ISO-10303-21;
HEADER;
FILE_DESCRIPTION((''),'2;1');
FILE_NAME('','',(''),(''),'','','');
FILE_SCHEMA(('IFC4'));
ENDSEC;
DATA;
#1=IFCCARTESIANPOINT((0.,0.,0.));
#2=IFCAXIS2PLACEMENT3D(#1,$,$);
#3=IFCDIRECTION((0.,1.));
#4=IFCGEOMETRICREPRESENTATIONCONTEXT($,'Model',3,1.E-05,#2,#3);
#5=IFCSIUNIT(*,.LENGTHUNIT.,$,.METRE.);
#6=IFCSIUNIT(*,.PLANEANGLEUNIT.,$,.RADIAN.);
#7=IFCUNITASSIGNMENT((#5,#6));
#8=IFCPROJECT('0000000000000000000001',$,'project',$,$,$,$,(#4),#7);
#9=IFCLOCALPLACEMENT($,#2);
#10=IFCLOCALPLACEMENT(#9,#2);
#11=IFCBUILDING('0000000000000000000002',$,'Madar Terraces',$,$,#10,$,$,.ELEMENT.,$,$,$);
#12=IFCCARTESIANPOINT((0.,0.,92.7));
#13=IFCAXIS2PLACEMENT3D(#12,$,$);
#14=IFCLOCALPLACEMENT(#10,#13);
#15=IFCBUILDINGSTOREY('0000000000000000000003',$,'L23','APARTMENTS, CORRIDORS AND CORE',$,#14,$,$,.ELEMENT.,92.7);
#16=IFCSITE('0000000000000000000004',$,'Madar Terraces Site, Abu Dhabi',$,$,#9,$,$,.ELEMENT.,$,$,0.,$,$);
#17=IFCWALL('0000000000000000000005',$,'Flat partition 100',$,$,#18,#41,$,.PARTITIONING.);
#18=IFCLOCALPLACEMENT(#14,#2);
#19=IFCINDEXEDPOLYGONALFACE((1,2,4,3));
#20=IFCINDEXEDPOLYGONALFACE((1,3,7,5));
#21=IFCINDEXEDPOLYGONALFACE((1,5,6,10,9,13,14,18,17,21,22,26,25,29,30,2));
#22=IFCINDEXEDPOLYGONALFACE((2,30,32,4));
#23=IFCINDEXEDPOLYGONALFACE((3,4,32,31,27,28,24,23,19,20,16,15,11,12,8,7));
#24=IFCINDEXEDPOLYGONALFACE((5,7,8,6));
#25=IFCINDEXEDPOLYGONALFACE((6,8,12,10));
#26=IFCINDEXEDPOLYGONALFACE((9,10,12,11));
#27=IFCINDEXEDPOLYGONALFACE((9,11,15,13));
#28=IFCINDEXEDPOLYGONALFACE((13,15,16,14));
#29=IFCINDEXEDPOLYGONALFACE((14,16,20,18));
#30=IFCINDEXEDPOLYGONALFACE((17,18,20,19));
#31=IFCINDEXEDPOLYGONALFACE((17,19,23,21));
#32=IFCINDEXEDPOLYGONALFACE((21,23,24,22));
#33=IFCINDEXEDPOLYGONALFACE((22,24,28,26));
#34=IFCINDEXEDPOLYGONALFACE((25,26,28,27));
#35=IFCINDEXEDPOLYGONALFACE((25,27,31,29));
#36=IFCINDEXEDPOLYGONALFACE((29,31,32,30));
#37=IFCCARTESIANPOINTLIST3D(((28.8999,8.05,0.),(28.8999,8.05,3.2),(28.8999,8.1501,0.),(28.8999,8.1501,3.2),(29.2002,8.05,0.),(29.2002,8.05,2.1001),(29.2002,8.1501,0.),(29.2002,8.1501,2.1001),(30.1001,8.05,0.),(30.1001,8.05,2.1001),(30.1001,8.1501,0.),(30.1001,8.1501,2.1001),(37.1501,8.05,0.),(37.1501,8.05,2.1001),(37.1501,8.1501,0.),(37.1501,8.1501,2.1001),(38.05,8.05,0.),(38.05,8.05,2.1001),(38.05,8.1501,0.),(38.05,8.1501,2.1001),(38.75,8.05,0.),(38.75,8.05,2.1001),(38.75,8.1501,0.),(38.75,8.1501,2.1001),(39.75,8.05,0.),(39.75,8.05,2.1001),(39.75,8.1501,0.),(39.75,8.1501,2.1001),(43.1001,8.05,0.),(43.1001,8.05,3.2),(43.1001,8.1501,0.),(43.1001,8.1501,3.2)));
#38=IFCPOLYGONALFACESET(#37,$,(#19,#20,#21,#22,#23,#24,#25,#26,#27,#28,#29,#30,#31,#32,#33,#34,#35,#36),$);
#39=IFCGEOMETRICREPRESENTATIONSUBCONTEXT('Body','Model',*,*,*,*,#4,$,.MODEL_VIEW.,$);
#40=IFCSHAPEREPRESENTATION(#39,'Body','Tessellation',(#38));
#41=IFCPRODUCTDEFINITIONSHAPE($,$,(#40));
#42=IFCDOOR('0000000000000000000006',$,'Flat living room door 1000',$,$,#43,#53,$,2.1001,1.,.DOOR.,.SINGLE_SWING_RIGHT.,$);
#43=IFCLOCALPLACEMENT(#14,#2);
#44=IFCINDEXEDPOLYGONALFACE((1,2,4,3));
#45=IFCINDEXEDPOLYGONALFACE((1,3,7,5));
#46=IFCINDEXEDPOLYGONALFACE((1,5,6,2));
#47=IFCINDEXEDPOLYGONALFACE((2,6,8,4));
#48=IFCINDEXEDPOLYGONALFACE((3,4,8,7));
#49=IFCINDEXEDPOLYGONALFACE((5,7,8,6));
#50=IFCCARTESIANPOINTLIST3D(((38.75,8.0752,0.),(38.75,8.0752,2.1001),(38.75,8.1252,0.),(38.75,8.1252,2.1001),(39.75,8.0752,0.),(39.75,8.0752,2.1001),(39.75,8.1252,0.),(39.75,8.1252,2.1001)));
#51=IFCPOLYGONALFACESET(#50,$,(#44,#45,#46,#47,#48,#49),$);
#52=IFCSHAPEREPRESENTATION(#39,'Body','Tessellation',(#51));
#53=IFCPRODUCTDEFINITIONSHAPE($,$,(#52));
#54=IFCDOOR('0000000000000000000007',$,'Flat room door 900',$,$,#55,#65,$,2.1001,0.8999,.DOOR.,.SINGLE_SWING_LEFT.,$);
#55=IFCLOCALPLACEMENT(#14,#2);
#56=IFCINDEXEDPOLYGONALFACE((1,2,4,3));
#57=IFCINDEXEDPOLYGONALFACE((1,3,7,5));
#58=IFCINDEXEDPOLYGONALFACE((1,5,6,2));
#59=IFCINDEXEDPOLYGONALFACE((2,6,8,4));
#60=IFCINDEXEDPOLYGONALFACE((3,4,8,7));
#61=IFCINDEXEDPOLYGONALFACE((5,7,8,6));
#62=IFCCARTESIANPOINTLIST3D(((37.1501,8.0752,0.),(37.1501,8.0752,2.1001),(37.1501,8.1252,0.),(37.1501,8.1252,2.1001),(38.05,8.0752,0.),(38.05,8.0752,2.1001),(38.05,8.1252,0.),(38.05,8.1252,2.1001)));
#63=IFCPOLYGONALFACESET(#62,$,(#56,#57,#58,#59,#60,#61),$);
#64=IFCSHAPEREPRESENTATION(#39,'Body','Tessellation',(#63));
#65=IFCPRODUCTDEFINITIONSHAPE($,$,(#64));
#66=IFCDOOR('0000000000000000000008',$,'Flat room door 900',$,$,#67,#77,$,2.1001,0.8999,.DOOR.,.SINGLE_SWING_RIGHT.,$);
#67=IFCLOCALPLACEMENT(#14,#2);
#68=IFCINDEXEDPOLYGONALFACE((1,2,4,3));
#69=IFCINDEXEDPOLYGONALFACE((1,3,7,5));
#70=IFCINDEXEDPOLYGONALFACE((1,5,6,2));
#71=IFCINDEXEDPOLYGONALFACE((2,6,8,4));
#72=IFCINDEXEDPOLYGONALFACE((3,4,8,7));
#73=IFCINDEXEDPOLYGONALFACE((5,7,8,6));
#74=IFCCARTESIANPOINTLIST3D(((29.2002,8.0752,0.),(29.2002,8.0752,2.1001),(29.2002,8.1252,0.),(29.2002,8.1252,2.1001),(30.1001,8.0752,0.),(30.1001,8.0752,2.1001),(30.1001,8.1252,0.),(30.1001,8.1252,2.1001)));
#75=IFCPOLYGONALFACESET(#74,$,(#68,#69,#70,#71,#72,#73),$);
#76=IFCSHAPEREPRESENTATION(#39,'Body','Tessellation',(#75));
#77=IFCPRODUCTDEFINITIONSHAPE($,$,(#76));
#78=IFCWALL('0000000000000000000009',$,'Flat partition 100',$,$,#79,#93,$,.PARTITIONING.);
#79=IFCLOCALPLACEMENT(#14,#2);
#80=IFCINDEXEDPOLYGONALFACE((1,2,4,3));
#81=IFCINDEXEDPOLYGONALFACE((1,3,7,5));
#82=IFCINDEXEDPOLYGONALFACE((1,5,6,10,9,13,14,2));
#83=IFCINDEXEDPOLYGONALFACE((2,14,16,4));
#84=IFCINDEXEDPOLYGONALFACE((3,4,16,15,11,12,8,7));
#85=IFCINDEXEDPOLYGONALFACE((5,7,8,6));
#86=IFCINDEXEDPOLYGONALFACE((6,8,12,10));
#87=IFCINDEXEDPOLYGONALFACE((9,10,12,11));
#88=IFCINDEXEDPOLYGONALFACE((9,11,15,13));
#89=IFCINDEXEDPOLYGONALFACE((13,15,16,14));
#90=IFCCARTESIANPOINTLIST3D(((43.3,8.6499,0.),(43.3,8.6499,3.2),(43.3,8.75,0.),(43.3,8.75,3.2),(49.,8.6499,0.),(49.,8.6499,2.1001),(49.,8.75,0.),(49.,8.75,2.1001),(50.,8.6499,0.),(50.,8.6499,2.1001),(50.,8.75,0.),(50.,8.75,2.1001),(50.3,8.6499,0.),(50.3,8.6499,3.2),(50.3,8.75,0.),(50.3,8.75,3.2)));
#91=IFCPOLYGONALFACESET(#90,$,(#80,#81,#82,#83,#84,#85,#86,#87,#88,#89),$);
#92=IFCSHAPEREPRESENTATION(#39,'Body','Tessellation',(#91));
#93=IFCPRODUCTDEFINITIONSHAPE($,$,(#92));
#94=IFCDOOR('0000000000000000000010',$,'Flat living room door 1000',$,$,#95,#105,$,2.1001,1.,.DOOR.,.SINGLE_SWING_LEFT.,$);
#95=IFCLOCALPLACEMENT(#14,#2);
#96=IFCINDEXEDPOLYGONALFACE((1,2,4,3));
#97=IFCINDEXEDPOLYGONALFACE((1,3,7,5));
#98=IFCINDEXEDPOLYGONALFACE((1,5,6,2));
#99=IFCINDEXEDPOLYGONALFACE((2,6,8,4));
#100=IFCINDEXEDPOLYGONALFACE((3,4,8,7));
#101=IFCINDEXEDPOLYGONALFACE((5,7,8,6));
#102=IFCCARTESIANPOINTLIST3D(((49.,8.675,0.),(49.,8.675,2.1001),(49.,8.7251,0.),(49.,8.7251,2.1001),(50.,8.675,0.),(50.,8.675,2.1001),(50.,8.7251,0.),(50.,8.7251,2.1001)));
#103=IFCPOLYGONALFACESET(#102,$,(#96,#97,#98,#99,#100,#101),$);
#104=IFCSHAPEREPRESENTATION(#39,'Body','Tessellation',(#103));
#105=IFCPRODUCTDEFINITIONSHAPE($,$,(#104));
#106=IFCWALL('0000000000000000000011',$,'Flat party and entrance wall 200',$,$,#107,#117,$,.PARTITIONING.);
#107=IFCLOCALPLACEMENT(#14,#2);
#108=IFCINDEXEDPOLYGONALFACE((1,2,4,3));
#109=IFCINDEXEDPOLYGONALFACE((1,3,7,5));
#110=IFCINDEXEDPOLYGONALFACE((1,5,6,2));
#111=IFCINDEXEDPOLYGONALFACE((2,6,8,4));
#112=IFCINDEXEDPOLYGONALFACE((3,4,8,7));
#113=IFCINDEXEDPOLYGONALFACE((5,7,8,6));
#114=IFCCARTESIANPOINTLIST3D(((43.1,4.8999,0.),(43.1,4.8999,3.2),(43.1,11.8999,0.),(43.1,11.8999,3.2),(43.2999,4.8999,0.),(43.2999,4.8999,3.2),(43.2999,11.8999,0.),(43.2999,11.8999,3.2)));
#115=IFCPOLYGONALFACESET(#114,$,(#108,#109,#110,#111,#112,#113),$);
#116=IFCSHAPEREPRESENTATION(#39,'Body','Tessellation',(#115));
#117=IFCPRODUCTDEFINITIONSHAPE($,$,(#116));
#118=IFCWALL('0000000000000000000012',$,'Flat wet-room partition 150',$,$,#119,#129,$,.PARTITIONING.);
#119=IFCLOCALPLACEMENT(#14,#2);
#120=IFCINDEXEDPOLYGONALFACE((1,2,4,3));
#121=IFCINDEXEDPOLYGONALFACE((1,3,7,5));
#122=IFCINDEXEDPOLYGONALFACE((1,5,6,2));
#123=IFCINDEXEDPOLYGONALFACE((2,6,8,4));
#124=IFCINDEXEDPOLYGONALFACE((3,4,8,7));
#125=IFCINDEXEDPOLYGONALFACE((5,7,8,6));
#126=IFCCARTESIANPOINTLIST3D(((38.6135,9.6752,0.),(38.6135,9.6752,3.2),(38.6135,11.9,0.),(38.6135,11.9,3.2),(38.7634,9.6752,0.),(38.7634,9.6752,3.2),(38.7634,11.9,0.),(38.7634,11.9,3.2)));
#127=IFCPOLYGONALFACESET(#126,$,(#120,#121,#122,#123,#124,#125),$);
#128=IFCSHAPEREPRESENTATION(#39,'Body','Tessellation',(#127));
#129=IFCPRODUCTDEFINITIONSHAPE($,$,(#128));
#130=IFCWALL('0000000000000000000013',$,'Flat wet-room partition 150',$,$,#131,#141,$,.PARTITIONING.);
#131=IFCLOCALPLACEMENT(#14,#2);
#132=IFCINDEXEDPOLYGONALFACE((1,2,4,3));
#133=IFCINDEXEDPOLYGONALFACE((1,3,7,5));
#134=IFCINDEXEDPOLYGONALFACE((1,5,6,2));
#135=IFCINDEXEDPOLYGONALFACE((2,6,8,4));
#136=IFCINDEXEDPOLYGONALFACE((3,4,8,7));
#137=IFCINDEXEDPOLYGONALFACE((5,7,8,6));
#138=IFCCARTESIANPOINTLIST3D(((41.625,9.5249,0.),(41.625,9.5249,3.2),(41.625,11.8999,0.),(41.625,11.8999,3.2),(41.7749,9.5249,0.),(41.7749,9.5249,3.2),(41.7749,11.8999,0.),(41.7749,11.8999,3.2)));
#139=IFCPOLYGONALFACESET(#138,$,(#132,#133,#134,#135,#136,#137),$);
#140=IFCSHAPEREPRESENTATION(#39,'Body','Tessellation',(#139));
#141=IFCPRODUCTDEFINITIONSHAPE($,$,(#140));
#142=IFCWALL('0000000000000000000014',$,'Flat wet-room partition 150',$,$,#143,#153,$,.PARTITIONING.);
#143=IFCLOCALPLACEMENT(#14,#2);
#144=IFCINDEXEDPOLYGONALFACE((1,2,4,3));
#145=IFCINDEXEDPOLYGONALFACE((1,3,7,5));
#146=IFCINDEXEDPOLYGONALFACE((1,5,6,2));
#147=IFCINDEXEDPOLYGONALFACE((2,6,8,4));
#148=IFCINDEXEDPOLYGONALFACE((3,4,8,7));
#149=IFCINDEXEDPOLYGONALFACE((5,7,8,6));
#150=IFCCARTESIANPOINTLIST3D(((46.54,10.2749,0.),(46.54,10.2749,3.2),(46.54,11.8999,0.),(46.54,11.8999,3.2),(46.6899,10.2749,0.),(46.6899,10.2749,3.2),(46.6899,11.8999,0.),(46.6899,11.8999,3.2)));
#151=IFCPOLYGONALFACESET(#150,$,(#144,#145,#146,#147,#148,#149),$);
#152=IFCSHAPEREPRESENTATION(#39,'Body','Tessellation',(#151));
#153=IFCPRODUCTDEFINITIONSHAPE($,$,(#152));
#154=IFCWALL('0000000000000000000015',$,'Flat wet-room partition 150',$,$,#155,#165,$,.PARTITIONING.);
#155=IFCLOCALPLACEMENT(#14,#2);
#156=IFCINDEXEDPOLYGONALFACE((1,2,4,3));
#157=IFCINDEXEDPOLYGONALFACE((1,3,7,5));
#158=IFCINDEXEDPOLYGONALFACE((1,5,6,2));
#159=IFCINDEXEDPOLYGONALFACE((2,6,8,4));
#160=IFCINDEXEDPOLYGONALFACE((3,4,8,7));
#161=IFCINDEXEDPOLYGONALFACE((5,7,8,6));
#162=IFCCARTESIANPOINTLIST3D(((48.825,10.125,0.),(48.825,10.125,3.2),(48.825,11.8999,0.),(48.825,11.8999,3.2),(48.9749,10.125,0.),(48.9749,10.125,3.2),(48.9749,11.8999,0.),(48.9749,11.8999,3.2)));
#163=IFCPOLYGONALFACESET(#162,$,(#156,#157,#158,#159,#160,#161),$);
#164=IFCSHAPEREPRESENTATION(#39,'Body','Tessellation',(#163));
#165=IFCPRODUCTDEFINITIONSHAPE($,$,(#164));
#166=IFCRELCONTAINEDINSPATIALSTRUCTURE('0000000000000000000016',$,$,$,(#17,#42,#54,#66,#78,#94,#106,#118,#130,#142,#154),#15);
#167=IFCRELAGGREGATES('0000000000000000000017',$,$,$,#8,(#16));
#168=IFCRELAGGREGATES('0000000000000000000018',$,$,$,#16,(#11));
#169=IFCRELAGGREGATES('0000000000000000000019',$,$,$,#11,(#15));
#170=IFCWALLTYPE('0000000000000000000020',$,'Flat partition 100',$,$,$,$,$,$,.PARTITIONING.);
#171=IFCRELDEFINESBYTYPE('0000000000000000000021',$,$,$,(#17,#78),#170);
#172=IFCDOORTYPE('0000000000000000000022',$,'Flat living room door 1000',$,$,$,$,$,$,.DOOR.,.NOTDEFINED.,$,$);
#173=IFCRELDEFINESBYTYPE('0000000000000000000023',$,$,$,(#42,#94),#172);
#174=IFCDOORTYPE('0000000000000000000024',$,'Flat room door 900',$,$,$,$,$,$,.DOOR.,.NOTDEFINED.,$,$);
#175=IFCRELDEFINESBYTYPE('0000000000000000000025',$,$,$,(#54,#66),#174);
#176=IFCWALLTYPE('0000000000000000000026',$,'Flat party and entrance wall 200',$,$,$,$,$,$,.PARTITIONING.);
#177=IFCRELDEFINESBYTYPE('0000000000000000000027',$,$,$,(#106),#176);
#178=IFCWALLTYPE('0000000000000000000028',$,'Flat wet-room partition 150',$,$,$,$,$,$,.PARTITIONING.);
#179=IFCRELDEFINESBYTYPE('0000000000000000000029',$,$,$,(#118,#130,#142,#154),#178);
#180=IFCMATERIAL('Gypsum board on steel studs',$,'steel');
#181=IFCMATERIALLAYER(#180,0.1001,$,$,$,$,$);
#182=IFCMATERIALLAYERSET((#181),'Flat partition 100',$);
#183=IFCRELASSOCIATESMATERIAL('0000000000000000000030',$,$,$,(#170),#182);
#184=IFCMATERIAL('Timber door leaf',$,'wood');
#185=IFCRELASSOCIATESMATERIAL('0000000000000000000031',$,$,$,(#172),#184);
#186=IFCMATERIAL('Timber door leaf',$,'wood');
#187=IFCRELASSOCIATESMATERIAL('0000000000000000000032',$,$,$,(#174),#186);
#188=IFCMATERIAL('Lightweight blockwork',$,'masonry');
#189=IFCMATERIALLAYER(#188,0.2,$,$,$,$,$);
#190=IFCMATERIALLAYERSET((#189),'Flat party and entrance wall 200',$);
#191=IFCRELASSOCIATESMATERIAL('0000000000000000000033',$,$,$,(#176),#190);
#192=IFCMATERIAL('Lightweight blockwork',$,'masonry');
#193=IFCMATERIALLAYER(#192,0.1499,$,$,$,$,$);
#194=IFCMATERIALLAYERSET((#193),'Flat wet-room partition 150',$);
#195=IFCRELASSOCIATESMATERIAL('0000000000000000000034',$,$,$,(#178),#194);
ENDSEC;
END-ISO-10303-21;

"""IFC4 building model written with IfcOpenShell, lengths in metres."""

from ifc_helpers import new_model, si_unit, direction, frame, frame_2d, origin, place, context, subcontext, project, spatial, rectangle, extrude, material, layer, layer_set, type_object, element, fill, save


model = new_model("IFC4")

# Units and contexts
model_context = context("Model", 3, precision=1e-05, world=origin(), true_north=direction((0.0, 1.0)))
body_context = subcontext(model_context, "Body", "Model", "MODEL_VIEW")
ifc_project = project(units=[si_unit("LENGTHUNIT", "METRE"), si_unit("PLANEANGLEUNIT", "RADIAN")], contexts=[model_context])

# Site, building, storey
site_placement = place(None, origin())
site = spatial("IfcSite", under=ifc_project, at=site_placement, Name="Madar Terraces Site, Abu Dhabi", CompositionType="ELEMENT", RefElevation=0.0)
building_placement = place(site_placement, origin())
building = spatial("IfcBuilding", under=site, at=building_placement, Name="Madar Terraces", CompositionType="ELEMENT")
storey_placement = place(building_placement, frame((0.0, 0.0, 92.7)))
storey = spatial("IfcBuildingStorey", under=building, at=storey_placement, Name="L23", Description="APARTMENTS, CORRIDORS AND CORE", CompositionType="ELEMENT", Elevation=92.7)

# Shared definitions
ifc_material_1 = material(Name="Gypsum board on steel studs", Category="steel")
ifc_layer_1 = layer(ifc_material_1, 0.1001)
ifc_layer_set_1 = layer_set([ifc_layer_1], Name="Flat partition 100")
wall_type_1 = type_object("IfcWallType", Name="Flat partition 100", PredefinedType="PARTITIONING", material=ifc_layer_set_1)

# Wall, openings, doors
wall_1_placement = place(storey_placement, frame((43.1001, 8.1001, 0.0), z_axis=(0.0, 0.0, 1.0), x_axis=(-1.0, 0.0, 0.0)))
wall_1 = element("IfcWall", 1, at=wall_1_placement, inside=storey, type_object=wall_type_1, Name="Flat partition 100", PredefinedType="PARTITIONING", context=body_context, shape_type="SweptSolid", body=[
    extrude(rectangle(XDim=14.2002, YDim=0.1001, at=frame_2d((7.1001, 0.0))), origin(), (0.0, 0.0, 1.0), 3.2),
])
opening_1_placement = place(wall_1_placement, frame((3.3501, 0.0, 0.0)))
opening_1 = element("IfcOpeningElement", 2, at=opening_1_placement, cuts=wall_1, PredefinedType="OPENING", context=body_context, shape_type="SweptSolid", body=[
    extrude(rectangle(XDim=1.0, YDim=2.1001, at=frame_2d((0.5, 1.05))), frame((0.0, 0.0601, 0.0), z_axis=(0.0, -1.0, 0.0), x_axis=(1.0, 0.0, 0.0)), (0.0, 0.0, 1.0), 0.1201),
])
opening_2_placement = place(wall_1_placement, frame((5.05, 0.0, 0.0)))
opening_2 = element("IfcOpeningElement", 3, at=opening_2_placement, cuts=wall_1, PredefinedType="OPENING", context=body_context, shape_type="SweptSolid", body=[
    extrude(rectangle(XDim=0.8999, YDim=2.1001, at=frame_2d((0.45, 1.05))), frame((0.0, 0.0601, 0.0), z_axis=(0.0, -1.0, 0.0), x_axis=(1.0, 0.0, 0.0)), (0.0, 0.0, 1.0), 0.1201),
])
opening_3_placement = place(wall_1_placement, frame((13.0, 0.0, 0.0)))
opening_3 = element("IfcOpeningElement", 4, at=opening_3_placement, cuts=wall_1, PredefinedType="OPENING", context=body_context, shape_type="SweptSolid", body=[
    extrude(rectangle(XDim=0.8999, YDim=2.1001, at=frame_2d((0.45, 1.05))), frame((0.0, 0.0601, 0.0), z_axis=(0.0, -1.0, 0.0), x_axis=(1.0, 0.0, 0.0)), (0.0, 0.0, 1.0), 0.1201),
])
ifc_material_2 = material(Name="Timber door leaf", Category="wood")
door_type_1 = type_object("IfcDoorType", Name="Flat living room door 1000", OperationType="NOTDEFINED", PredefinedType="DOOR", material=ifc_material_2)
door_1_placement = place(opening_1_placement, origin())
door_1 = element("IfcDoor", 5, at=door_1_placement, inside=storey, type_object=door_type_1, Name="Flat living room door 1000", OperationType="SINGLE_SWING_RIGHT", OverallHeight=2.1001, OverallWidth=1.0, PredefinedType="DOOR", context=body_context, shape_type="SweptSolid", body=[
    extrude(rectangle(XDim=1.0, YDim=2.1001, at=frame_2d((0.5, 1.05))), frame((0.0, 0.0249, 0.0), z_axis=(0.0, -1.0, 0.0), x_axis=(1.0, 0.0, 0.0)), (0.0, 0.0, 1.0), 0.05),
])
fill(opening_1, door_1)
ifc_material_3 = material(Name="Timber door leaf", Category="wood")
door_type_2 = type_object("IfcDoorType", Name="Flat room door 900", OperationType="NOTDEFINED", PredefinedType="DOOR", material=ifc_material_3)
door_2_placement = place(opening_2_placement, origin())
door_2 = element("IfcDoor", 6, at=door_2_placement, inside=storey, type_object=door_type_2, Name="Flat room door 900", OperationType="SINGLE_SWING_LEFT", OverallHeight=2.1001, OverallWidth=0.8999, PredefinedType="DOOR", context=body_context, shape_type="SweptSolid", body=[
    extrude(rectangle(XDim=0.8999, YDim=2.1001, at=frame_2d((0.45, 1.05))), frame((0.0, 0.0249, 0.0), z_axis=(0.0, -1.0, 0.0), x_axis=(1.0, 0.0, 0.0)), (0.0, 0.0, 1.0), 0.05),
])
fill(opening_2, door_2)
door_3_placement = place(opening_3_placement, origin())
door_3 = element("IfcDoor", 7, at=door_3_placement, inside=storey, type_object=door_type_2, Name="Flat room door 900", OperationType="SINGLE_SWING_RIGHT", OverallHeight=2.1001, OverallWidth=0.8999, PredefinedType="DOOR", context=body_context, shape_type="SweptSolid", body=[
    extrude(rectangle(XDim=0.8999, YDim=2.1001, at=frame_2d((0.45, 1.05))), frame((0.0, 0.0249, 0.0), z_axis=(0.0, -1.0, 0.0), x_axis=(1.0, 0.0, 0.0)), (0.0, 0.0, 1.0), 0.05),
])
fill(opening_3, door_3)

# Wall, opening, door
wall_2_placement = place(storey_placement, frame((50.3, 8.7, 0.0), z_axis=(0.0, 0.0, 1.0), x_axis=(-1.0, 0.0, 0.0)))
wall_2 = element("IfcWall", 8, at=wall_2_placement, inside=storey, type_object=wall_type_1, Name="Flat partition 100", PredefinedType="PARTITIONING", context=body_context, shape_type="SweptSolid", body=[
    extrude(rectangle(XDim=7.0, YDim=0.1001, at=frame_2d((3.5, 0.0))), origin(), (0.0, 0.0, 1.0), 3.2),
])
opening_4_placement = place(wall_2_placement, frame((0.3, 0.0, 0.0)))
opening_4 = element("IfcOpeningElement", 9, at=opening_4_placement, cuts=wall_2, PredefinedType="OPENING", context=body_context, shape_type="SweptSolid", body=[
    extrude(rectangle(XDim=1.0, YDim=2.1001, at=frame_2d((0.5, 1.05))), frame((0.0, 0.0601, 0.0), z_axis=(0.0, -1.0, 0.0), x_axis=(1.0, 0.0, 0.0)), (0.0, 0.0, 1.0), 0.1201),
])
door_4_placement = place(opening_4_placement, origin())
door_4 = element("IfcDoor", 10, at=door_4_placement, inside=storey, type_object=door_type_1, Name="Flat living room door 1000", OperationType="SINGLE_SWING_LEFT", OverallHeight=2.1001, OverallWidth=1.0, PredefinedType="DOOR", context=body_context, shape_type="SweptSolid", body=[
    extrude(rectangle(XDim=1.0, YDim=2.1001, at=frame_2d((0.5, 1.05))), frame((0.0, 0.0249, 0.0), z_axis=(0.0, -1.0, 0.0), x_axis=(1.0, 0.0, 0.0)), (0.0, 0.0, 1.0), 0.05),
])
fill(opening_4, door_4)

# Walls
ifc_material_4 = material(Name="Lightweight blockwork", Category="masonry")
ifc_layer_2 = layer(ifc_material_4, 0.2)
ifc_layer_set_2 = layer_set([ifc_layer_2], Name="Flat party and entrance wall 200")
wall_type_2 = type_object("IfcWallType", Name="Flat party and entrance wall 200", PredefinedType="PARTITIONING", material=ifc_layer_set_2)
wall_3_placement = place(storey_placement, frame((43.2, 11.8999, 0.0), z_axis=(0.0, 0.0, 1.0), x_axis=(0.0, -1.0, 0.0)))
element("IfcWall", 11, at=wall_3_placement, inside=storey, type_object=wall_type_2, Name="Flat party and entrance wall 200", PredefinedType="PARTITIONING", context=body_context, shape_type="SweptSolid", body=[
    extrude(rectangle(XDim=7.0, YDim=0.2, at=frame_2d((3.5, 0.0))), origin(), (0.0, 0.0, 1.0), 3.2),
])
ifc_material_5 = material(Name="Lightweight blockwork", Category="masonry")
ifc_layer_3 = layer(ifc_material_5, 0.1499)
ifc_layer_set_3 = layer_set([ifc_layer_3], Name="Flat wet-room partition 150")
wall_type_3 = type_object("IfcWallType", Name="Flat wet-room partition 150", PredefinedType="PARTITIONING", material=ifc_layer_set_3)
wall_4_placement = place(storey_placement, frame((38.6885, 11.8999, 0.0), z_axis=(0.0, 0.0, 1.0), x_axis=(0.0, -1.0, 0.0)))
element("IfcWall", 12, at=wall_4_placement, inside=storey, type_object=wall_type_3, Name="Flat wet-room partition 150", PredefinedType="PARTITIONING", context=body_context, shape_type="SweptSolid", body=[
    extrude(rectangle(XDim=2.2249, YDim=0.1499, at=frame_2d((1.1123, 0.0))), origin(), (0.0, 0.0, 1.0), 3.2),
])
wall_5_placement = place(storey_placement, frame((41.7, 11.8999, 0.0), z_axis=(0.0, 0.0, 1.0), x_axis=(0.0, -1.0, 0.0)))
element("IfcWall", 13, at=wall_5_placement, inside=storey, type_object=wall_type_3, Name="Flat wet-room partition 150", PredefinedType="PARTITIONING", context=body_context, shape_type="SweptSolid", body=[
    extrude(rectangle(XDim=2.375, YDim=0.1499, at=frame_2d((1.1875, 0.0))), origin(), (0.0, 0.0, 1.0), 3.2),
])
wall_6_placement = place(storey_placement, frame((46.615, 11.8999, 0.0), z_axis=(0.0, 0.0, 1.0), x_axis=(0.0, -1.0, 0.0)))
element("IfcWall", 14, at=wall_6_placement, inside=storey, type_object=wall_type_3, Name="Flat wet-room partition 150", PredefinedType="PARTITIONING", context=body_context, shape_type="SweptSolid", body=[
    extrude(rectangle(XDim=1.625, YDim=0.1499, at=frame_2d((0.8125, 0.0))), origin(), (0.0, 0.0, 1.0), 3.2),
])
wall_7_placement = place(storey_placement, frame((48.8999, 11.8999, 0.0), z_axis=(0.0, 0.0, 1.0), x_axis=(0.0, -1.0, 0.0)))
element("IfcWall", 15, at=wall_7_placement, inside=storey, type_object=wall_type_3, Name="Flat wet-room partition 150", PredefinedType="PARTITIONING", context=body_context, shape_type="SweptSolid", body=[
    extrude(rectangle(XDim=1.7749, YDim=0.1499, at=frame_2d((0.8875, 0.0))), origin(), (0.0, 0.0, 1.0), 3.2),
])

save(model, "model.ifc")
